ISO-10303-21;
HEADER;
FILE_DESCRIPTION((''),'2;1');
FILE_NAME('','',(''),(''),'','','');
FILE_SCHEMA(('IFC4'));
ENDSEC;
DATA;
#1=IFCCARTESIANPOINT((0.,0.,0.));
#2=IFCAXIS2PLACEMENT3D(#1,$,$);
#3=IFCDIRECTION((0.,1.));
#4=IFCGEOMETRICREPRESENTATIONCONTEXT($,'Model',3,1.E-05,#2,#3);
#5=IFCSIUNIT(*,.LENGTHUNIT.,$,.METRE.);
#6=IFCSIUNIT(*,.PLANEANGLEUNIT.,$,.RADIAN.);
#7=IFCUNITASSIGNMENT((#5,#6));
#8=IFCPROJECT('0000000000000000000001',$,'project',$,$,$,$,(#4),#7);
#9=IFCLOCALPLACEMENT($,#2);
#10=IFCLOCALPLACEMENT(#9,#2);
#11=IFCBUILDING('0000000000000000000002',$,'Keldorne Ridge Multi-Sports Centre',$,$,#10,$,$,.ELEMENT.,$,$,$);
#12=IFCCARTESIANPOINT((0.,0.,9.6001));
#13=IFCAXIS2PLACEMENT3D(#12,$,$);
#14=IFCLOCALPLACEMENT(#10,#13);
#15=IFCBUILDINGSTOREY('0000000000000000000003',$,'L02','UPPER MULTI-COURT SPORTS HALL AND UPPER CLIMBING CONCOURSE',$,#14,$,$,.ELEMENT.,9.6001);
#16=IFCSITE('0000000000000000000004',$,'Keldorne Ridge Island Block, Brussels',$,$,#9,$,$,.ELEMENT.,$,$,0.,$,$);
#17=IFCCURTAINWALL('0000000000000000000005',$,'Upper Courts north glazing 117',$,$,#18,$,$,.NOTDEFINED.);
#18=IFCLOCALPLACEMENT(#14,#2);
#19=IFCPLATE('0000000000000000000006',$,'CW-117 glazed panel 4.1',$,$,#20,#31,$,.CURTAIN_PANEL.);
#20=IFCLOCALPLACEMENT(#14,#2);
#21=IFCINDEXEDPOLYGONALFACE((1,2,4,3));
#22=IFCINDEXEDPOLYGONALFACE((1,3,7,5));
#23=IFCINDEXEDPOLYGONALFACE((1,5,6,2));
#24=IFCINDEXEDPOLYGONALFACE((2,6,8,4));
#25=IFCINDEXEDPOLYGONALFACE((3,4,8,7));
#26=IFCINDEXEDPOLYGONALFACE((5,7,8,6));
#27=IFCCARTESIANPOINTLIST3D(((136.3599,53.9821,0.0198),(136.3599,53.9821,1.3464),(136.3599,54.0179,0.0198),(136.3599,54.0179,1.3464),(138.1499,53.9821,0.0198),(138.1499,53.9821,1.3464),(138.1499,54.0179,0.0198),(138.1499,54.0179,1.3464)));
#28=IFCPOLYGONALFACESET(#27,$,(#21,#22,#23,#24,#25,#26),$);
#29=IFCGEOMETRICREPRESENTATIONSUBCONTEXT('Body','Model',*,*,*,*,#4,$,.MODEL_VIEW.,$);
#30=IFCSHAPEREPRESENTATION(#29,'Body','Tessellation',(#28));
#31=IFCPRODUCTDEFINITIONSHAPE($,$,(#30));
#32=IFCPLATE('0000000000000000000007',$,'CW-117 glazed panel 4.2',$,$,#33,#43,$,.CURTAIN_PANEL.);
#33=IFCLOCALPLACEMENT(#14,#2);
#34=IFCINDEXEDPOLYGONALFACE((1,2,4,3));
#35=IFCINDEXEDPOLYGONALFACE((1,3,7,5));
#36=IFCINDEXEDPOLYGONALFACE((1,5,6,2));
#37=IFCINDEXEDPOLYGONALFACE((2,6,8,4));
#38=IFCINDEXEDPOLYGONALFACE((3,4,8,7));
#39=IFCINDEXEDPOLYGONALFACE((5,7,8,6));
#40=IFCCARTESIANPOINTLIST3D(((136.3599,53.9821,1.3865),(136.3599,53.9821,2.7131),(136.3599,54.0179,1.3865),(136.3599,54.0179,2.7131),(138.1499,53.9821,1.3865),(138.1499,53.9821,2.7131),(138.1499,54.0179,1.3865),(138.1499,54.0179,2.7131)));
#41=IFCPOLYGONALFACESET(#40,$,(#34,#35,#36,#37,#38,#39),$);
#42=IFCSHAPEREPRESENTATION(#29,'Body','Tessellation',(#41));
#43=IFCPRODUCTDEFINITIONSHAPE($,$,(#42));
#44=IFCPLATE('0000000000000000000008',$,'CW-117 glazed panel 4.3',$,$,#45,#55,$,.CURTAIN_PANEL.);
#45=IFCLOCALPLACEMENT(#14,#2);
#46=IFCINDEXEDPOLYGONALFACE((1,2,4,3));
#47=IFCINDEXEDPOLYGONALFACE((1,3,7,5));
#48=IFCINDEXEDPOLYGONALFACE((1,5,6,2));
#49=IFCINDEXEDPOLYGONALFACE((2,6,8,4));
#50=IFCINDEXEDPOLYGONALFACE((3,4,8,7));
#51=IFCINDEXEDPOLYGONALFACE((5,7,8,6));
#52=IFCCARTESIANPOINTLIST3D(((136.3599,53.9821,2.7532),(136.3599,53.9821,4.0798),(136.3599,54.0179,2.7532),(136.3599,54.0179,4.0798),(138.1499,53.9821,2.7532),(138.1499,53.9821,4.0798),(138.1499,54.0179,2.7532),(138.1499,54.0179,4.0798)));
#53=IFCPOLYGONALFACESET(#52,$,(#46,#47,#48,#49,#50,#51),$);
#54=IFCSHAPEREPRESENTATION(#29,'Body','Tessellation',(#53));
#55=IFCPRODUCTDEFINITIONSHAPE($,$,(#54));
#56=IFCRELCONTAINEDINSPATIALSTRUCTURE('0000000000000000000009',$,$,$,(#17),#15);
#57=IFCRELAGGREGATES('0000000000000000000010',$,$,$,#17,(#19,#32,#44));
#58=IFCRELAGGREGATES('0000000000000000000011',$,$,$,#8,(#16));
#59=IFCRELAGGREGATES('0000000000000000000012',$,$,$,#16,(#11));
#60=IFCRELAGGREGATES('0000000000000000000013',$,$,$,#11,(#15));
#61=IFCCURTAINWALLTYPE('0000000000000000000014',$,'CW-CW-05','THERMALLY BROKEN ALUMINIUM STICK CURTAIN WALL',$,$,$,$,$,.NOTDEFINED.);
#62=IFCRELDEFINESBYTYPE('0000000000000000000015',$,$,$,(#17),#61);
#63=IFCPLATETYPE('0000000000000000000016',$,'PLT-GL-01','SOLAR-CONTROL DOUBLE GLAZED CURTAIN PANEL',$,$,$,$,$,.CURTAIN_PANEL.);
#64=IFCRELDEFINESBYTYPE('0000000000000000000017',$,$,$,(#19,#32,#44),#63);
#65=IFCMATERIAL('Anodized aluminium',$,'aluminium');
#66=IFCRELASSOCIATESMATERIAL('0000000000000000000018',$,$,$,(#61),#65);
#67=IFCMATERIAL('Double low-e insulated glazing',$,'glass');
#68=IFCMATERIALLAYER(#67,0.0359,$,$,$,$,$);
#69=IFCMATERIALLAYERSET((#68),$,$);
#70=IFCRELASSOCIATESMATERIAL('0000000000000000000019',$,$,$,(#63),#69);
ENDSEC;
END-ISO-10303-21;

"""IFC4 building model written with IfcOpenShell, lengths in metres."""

from ifc_helpers import new_model, si_unit, direction, frame, origin, origin_2d, place, context, subcontext, project, spatial, rectangle, extrude, material, layer, layer_set, type_object, element, aggregate, save


model = new_model("IFC4")

# Units and contexts
model_context = context("Model", 3, precision=1e-05, world=origin(), true_north=direction((0.0, 1.0)))
body_context = subcontext(model_context, "Body", "Model", "MODEL_VIEW")
ifc_project = project(units=[si_unit("LENGTHUNIT", "METRE"), si_unit("PLANEANGLEUNIT", "RADIAN")], contexts=[model_context])

# Site, building, storey
site_placement = place(None, origin())
site = spatial("IfcSite", under=ifc_project, at=site_placement, Name="Keldorne Ridge Island Block, Brussels", CompositionType="ELEMENT", RefElevation=0.0)
building_placement = place(site_placement, origin())
building = spatial("IfcBuilding", under=site, at=building_placement, Name="Keldorne Ridge Multi-Sports Centre", CompositionType="ELEMENT")
storey_placement = place(building_placement, frame((0.0, 0.0, 9.6001)))
storey = spatial("IfcBuildingStorey", under=building, at=storey_placement, Name="L02", Description="UPPER MULTI-COURT SPORTS HALL AND UPPER CLIMBING CONCOURSE", CompositionType="ELEMENT", Elevation=9.6001)

# Curtain wall
ifc_material_1 = material(Name="Anodized aluminium", Category="aluminium")
curtain_wall_type_1 = type_object("IfcCurtainWallType", Name="CW-CW-05", Description="THERMALLY BROKEN ALUMINIUM STICK CURTAIN WALL", PredefinedType="NOTDEFINED", material=ifc_material_1)
curtain_wall_1_placement = place(storey_placement, origin())
curtain_wall_1 = element("IfcCurtainWall", 1, at=curtain_wall_1_placement, inside=storey, type_object=curtain_wall_type_1, Name="Upper Courts north glazing 117", PredefinedType="NOTDEFINED")

# Plates
ifc_material_2 = material(Name="Double low-e insulated glazing", Category="glass")
ifc_layer = layer(ifc_material_2, 0.0359)
ifc_layer_set = layer_set([ifc_layer])
plate_type = type_object("IfcPlateType", Name="PLT-GL-01", Description="SOLAR-CONTROL DOUBLE GLAZED CURTAIN PANEL", PredefinedType="CURTAIN_PANEL", material=ifc_layer_set)
plate_1_placement = place(storey_placement, frame((137.2549, 54.0, 0.0198), z_axis=(0.0, 0.0, 1.0), x_axis=(-1.0, 0.0, 0.0)))
plate_1 = element("IfcPlate", 2, at=plate_1_placement, type_object=plate_type, Name="CW-117 glazed panel 4.1", PredefinedType="CURTAIN_PANEL", context=body_context, shape_type="SweptSolid", body=[
    extrude(rectangle(XDim=1.79, YDim=0.0359, at=origin_2d()), origin(), (0.0, 0.0, 1.0), 1.3267),
])
plate_2_placement = place(storey_placement, frame((137.2549, 54.0, 1.3865), z_axis=(0.0, 0.0, 1.0), x_axis=(-1.0, 0.0, 0.0)))
plate_2 = element("IfcPlate", 3, at=plate_2_placement, type_object=plate_type, Name="CW-117 glazed panel 4.2", PredefinedType="CURTAIN_PANEL", context=body_context, shape_type="SweptSolid", body=[
    extrude(rectangle(XDim=1.79, YDim=0.0359, at=origin_2d()), origin(), (0.0, 0.0, 1.0), 1.3267),
])
plate_3_placement = place(storey_placement, frame((137.2549, 54.0, 2.7532), z_axis=(0.0, 0.0, 1.0), x_axis=(-1.0, 0.0, 0.0)))
plate_3 = element("IfcPlate", 4, at=plate_3_placement, type_object=plate_type, Name="CW-117 glazed panel 4.3", PredefinedType="CURTAIN_PANEL", context=body_context, shape_type="SweptSolid", body=[
    extrude(rectangle(XDim=1.79, YDim=0.0359, at=origin_2d()), origin(), (0.0, 0.0, 1.0), 1.3267),
])
aggregate(curtain_wall_1, [plate_1, plate_2, plate_3])

save(model, "model.ifc")
